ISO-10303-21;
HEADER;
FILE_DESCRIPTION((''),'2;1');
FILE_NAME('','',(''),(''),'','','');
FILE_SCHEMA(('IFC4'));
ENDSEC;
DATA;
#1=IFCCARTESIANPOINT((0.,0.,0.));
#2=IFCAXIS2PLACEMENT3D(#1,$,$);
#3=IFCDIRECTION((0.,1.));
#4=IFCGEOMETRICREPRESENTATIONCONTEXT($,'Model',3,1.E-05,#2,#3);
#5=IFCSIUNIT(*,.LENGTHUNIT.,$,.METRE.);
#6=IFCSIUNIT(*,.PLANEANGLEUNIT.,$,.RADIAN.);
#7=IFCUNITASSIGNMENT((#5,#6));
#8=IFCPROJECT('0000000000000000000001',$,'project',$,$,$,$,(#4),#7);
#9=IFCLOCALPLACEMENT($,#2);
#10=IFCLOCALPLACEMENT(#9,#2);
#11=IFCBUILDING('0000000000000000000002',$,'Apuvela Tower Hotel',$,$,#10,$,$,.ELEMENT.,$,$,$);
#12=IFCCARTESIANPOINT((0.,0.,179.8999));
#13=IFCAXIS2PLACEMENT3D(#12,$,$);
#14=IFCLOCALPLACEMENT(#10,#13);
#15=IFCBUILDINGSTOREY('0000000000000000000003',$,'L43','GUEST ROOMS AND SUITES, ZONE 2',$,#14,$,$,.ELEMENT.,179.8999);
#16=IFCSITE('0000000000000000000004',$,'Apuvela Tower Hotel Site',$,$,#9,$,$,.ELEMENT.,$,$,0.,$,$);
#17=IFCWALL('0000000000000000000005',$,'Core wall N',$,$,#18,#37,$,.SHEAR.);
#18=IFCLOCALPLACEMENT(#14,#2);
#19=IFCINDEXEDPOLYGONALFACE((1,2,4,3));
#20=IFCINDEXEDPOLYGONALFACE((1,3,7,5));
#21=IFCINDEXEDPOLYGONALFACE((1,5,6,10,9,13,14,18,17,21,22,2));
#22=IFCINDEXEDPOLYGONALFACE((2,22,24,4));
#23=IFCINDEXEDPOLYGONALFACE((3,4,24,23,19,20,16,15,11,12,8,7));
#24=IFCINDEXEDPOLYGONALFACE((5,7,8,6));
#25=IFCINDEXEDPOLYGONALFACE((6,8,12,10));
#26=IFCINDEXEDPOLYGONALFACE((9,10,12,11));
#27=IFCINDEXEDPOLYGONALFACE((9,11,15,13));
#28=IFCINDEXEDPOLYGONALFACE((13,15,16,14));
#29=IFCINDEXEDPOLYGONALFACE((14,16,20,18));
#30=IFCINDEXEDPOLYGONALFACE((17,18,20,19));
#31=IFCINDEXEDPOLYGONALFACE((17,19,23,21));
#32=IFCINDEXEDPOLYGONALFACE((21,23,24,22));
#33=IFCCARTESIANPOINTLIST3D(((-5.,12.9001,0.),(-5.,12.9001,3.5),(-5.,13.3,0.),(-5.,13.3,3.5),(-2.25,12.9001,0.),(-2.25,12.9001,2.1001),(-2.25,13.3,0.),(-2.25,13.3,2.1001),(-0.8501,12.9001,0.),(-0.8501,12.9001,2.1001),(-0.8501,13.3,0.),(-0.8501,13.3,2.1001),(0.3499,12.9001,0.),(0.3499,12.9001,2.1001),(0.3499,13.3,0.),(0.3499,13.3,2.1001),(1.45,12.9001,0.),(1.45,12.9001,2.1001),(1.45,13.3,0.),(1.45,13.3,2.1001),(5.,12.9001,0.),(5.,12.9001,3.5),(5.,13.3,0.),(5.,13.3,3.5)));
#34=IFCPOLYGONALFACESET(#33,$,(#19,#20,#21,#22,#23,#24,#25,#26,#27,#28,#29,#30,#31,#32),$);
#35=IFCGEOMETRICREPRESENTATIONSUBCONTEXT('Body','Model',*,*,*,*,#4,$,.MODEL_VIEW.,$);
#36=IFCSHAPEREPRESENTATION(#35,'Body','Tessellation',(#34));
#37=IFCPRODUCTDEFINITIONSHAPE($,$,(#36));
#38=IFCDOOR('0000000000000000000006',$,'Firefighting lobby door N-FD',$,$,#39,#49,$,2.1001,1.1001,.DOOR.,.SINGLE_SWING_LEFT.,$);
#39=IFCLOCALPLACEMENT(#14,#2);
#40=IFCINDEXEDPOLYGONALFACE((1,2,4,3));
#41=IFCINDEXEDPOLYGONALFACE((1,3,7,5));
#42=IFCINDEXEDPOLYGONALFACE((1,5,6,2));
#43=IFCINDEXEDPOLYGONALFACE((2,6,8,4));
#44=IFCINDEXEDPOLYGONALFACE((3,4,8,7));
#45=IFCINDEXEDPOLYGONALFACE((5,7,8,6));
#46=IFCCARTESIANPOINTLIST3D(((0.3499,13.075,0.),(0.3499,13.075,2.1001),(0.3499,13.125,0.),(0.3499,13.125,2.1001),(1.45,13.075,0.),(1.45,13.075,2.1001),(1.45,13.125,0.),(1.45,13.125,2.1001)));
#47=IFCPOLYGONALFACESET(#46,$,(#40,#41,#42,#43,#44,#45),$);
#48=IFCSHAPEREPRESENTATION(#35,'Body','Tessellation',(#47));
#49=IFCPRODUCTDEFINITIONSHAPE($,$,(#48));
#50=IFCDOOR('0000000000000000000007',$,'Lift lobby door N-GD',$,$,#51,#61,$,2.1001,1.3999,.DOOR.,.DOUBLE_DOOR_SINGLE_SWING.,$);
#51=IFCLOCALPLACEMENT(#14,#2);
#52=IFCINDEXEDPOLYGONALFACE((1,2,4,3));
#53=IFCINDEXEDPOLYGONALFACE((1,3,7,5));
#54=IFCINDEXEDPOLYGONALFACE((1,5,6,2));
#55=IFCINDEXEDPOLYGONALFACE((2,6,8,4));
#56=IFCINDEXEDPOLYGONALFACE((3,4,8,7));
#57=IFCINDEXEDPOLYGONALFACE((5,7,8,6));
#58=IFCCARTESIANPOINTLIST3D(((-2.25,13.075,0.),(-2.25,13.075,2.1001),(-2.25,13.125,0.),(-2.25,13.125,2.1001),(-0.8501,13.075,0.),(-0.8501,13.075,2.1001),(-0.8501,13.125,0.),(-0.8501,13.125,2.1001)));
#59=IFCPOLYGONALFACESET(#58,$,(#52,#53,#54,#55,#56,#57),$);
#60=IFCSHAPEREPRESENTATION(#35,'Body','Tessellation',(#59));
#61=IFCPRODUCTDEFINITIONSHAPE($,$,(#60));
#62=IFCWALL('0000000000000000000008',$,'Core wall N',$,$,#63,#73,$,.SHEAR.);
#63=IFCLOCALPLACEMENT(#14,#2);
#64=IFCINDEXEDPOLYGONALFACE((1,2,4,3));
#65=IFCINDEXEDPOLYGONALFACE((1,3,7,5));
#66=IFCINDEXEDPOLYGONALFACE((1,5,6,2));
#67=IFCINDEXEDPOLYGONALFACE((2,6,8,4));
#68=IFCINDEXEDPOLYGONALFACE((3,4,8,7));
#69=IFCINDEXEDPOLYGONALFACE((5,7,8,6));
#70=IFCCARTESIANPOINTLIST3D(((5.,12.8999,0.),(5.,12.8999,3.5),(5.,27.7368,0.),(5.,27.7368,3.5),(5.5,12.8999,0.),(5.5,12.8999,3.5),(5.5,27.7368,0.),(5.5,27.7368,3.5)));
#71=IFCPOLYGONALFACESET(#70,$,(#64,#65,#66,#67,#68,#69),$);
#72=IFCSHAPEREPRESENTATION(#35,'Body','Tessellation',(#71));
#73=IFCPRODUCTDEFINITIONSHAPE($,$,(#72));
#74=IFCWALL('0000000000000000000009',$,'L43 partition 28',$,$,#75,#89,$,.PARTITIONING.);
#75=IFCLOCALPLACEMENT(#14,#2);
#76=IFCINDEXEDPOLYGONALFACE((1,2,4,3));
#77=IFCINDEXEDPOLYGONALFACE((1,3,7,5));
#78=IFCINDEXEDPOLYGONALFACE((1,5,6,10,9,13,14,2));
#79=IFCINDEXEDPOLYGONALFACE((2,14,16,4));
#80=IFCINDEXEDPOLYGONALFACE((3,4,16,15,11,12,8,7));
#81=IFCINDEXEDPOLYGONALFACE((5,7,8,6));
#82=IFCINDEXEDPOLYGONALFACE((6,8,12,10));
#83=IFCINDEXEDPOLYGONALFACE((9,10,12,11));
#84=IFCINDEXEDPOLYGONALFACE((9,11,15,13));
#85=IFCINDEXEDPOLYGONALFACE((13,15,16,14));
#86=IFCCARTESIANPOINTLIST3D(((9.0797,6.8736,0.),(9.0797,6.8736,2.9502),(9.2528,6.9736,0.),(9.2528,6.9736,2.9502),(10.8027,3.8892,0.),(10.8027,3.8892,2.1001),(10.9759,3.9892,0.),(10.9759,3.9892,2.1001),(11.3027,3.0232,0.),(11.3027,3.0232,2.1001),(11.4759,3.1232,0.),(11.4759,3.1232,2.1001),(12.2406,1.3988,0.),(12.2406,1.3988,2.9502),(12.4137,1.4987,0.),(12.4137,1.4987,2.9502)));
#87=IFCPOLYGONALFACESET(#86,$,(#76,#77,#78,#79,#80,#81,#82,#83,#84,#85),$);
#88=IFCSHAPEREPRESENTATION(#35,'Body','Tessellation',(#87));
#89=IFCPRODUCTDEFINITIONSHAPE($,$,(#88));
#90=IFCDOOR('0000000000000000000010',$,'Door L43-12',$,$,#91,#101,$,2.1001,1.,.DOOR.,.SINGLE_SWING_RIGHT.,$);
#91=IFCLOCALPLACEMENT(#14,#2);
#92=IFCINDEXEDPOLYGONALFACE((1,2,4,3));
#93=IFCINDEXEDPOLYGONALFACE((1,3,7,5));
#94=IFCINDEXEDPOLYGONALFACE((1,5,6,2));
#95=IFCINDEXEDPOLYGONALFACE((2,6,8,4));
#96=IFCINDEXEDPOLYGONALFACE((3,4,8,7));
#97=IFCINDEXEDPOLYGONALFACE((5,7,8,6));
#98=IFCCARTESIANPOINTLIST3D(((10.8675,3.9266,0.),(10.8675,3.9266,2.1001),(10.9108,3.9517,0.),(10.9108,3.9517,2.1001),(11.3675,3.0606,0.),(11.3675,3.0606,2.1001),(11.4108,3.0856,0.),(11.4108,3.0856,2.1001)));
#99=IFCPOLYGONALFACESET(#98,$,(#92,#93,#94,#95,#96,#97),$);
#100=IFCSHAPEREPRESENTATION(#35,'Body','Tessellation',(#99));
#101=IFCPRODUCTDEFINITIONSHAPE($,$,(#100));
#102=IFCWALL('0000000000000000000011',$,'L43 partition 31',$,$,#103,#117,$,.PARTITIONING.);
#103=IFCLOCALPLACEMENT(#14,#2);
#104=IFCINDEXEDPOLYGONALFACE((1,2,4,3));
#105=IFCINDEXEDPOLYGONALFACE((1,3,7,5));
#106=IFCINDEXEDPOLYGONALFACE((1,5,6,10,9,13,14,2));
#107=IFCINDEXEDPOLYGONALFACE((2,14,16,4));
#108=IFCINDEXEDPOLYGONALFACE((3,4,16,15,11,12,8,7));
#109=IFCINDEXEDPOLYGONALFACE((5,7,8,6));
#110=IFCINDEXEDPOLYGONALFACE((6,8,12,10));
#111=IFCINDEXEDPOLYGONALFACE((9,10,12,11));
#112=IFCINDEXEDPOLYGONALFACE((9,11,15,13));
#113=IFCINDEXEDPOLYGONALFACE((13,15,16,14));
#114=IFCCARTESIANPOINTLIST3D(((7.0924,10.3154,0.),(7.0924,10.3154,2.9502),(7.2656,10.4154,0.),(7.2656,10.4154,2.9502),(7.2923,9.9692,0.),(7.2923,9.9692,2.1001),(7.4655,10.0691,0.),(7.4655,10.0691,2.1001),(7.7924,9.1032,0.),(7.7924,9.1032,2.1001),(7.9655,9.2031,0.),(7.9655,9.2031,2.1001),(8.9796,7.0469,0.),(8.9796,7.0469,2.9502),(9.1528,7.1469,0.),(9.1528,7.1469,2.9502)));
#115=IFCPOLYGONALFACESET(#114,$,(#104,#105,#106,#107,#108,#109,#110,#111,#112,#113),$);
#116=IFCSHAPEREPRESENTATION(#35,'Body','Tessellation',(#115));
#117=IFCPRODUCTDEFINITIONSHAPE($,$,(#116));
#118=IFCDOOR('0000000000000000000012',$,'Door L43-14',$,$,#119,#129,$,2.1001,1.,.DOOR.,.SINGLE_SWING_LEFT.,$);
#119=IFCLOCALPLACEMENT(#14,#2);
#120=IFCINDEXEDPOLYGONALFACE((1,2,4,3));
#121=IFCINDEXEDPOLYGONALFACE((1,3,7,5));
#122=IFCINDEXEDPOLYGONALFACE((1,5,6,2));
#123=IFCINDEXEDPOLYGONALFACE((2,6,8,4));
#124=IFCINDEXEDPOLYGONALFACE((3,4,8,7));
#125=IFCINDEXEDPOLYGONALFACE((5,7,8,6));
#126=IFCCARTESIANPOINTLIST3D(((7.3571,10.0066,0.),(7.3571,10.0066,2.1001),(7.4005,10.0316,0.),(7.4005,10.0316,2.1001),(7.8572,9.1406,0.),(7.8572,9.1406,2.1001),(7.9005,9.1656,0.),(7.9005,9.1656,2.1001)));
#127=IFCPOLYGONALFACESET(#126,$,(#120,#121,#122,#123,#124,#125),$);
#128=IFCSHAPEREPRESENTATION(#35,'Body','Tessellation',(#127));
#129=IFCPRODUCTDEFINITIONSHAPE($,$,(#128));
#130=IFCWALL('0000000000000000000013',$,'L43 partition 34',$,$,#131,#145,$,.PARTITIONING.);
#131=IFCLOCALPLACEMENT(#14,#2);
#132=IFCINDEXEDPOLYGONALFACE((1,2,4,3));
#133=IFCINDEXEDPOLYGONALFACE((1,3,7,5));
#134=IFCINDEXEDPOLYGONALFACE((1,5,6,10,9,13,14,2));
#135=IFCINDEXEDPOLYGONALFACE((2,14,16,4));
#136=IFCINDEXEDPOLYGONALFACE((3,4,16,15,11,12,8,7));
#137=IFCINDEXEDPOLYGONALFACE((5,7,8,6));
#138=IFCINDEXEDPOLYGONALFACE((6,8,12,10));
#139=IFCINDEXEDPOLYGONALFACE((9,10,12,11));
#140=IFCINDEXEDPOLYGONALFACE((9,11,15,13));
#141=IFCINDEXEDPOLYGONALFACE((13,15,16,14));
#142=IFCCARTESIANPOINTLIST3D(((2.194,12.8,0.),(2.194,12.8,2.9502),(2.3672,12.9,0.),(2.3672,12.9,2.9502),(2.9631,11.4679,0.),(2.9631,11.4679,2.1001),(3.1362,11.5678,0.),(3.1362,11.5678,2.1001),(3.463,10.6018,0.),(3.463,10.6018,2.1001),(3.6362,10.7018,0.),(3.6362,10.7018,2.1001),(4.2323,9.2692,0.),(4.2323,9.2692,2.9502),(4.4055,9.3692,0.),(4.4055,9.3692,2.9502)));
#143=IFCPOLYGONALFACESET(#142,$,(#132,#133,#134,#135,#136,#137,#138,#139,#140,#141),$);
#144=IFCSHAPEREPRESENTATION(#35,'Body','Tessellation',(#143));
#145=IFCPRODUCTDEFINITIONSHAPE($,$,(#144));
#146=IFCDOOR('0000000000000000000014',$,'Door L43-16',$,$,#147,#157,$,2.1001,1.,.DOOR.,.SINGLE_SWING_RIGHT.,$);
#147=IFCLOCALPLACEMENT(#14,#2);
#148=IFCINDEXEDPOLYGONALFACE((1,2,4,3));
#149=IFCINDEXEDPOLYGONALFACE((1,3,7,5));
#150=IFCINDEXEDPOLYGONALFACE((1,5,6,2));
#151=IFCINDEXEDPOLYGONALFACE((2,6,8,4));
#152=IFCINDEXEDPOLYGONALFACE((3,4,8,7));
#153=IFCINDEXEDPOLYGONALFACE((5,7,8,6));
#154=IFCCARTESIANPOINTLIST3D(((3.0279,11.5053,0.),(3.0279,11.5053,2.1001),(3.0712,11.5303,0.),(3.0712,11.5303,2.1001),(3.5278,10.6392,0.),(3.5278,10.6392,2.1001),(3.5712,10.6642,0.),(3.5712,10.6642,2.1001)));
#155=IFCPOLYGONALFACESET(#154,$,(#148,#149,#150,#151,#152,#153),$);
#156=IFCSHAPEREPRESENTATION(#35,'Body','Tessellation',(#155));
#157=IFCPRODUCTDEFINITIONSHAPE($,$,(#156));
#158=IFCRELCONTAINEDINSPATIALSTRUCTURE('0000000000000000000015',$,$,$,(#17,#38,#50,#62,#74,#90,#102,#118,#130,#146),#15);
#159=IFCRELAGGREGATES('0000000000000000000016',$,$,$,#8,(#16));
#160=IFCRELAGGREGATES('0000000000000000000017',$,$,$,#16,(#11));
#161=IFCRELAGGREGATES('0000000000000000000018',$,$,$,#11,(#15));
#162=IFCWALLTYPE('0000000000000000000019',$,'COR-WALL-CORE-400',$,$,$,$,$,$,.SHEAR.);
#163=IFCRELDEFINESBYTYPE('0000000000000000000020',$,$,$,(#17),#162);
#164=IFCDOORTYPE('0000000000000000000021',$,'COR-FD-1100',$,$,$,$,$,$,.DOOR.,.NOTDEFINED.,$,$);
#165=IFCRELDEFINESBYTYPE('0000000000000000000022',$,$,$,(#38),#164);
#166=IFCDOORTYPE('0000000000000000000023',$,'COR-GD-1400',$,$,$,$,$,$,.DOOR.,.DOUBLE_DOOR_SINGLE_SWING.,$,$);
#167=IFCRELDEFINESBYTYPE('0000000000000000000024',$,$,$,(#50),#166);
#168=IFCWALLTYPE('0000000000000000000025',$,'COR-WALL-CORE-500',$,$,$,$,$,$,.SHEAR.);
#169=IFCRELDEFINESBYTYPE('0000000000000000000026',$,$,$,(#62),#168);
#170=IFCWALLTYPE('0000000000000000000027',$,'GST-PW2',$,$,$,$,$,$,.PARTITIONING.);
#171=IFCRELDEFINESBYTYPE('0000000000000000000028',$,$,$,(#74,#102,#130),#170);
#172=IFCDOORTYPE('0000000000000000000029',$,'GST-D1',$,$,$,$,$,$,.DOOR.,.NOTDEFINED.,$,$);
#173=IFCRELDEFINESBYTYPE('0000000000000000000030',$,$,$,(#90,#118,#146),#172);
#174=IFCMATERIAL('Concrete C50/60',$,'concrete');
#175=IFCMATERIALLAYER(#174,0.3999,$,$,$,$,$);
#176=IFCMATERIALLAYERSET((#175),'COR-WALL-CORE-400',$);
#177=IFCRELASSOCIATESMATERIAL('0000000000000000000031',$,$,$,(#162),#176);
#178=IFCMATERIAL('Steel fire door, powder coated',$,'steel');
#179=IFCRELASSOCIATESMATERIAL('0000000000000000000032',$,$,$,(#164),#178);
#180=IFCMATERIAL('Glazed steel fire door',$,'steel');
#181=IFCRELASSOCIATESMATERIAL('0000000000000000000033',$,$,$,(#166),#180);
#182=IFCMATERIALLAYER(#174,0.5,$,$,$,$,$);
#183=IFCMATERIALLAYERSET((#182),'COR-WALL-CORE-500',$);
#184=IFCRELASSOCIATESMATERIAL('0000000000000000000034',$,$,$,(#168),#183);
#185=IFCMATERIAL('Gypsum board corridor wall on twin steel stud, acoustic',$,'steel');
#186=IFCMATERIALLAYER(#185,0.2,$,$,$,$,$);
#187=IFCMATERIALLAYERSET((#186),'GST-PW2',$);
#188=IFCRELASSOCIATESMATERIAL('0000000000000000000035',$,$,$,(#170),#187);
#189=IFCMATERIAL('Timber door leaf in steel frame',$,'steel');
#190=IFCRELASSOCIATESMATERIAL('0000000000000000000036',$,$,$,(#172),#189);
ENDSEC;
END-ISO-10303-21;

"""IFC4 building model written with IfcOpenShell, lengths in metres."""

from ifc_helpers import new_model, si_unit, direction, frame, frame_2d, origin, place, context, subcontext, project, spatial, rectangle, extrude, material, layer, layer_set, type_object, element, fill, save


model = new_model("IFC4")

# Units and contexts
model_context = context("Model", 3, precision=1e-05, world=origin(), true_north=direction((0.0, 1.0)))
body_context = subcontext(model_context, "Body", "Model", "MODEL_VIEW")
ifc_project = project(units=[si_unit("LENGTHUNIT", "METRE"), si_unit("PLANEANGLEUNIT", "RADIAN")], contexts=[model_context])

# Site, building, storey
site_placement = place(None, origin())
site = spatial("IfcSite", under=ifc_project, at=site_placement, Name="Apuvela Tower Hotel Site", CompositionType="ELEMENT", RefElevation=0.0)
building_placement = place(site_placement, origin())
building = spatial("IfcBuilding", under=site, at=building_placement, Name="Apuvela Tower Hotel", CompositionType="ELEMENT")
storey_placement = place(building_placement, frame((0.0, 0.0, 179.8999)))
storey = spatial("IfcBuildingStorey", under=building, at=storey_placement, Name="L43", Description="GUEST ROOMS AND SUITES, ZONE 2", CompositionType="ELEMENT", Elevation=179.8999)

# Shared definitions
ifc_material_1 = material(Name="Concrete C50/60", Category="concrete")

# Wall, openings, doors
ifc_layer_1 = layer(ifc_material_1, 0.3999)
ifc_layer_set_1 = layer_set([ifc_layer_1], Name="COR-WALL-CORE-400")
wall_type_1 = type_object("IfcWallType", Name="COR-WALL-CORE-400", PredefinedType="SHEAR", material=ifc_layer_set_1)
wall_1_placement = place(storey_placement, frame((5.0, 13.1001, 0.0), z_axis=(0.0, 0.0, 1.0), x_axis=(-1.0, 0.0, 0.0)))
wall_1 = element("IfcWall", 1, at=wall_1_placement, inside=storey, type_object=wall_type_1, Name="Core wall N", PredefinedType="SHEAR", context=body_context, shape_type="SweptSolid", body=[
    extrude(rectangle(XDim=10.0, YDim=0.3999, at=frame_2d((5.0, 0.0))), origin(), (0.0, 0.0, 1.0), 3.5),
])
opening_1_placement = place(wall_1_placement, frame((3.55, 0.0, 0.0)))
opening_1 = element("IfcOpeningElement", 2, at=opening_1_placement, cuts=wall_1, PredefinedType="OPENING", context=body_context, shape_type="SweptSolid", body=[
    extrude(rectangle(XDim=1.1001, YDim=2.1001, at=frame_2d((0.55, 1.05))), frame((0.0, 0.21, 0.0), z_axis=(0.0, -1.0, 0.0), x_axis=(1.0, 0.0, 0.0)), (0.0, 0.0, 1.0), 0.4199),
])
opening_2_placement = place(wall_1_placement, frame((5.8501, 0.0, 0.0)))
opening_2 = element("IfcOpeningElement", 3, at=opening_2_placement, cuts=wall_1, PredefinedType="OPENING", context=body_context, shape_type="SweptSolid", body=[
    extrude(rectangle(XDim=1.3999, YDim=2.1001, at=frame_2d((0.7, 1.05))), frame((0.0, 0.21, 0.0), z_axis=(0.0, -1.0, 0.0), x_axis=(1.0, 0.0, 0.0)), (0.0, 0.0, 1.0), 0.4199),
])
ifc_material_2 = material(Name="Steel fire door, powder coated", Category="steel")
door_type_1 = type_object("IfcDoorType", Name="COR-FD-1100", OperationType="NOTDEFINED", PredefinedType="DOOR", material=ifc_material_2)
door_1_placement = place(opening_1_placement, frame((1.1001, 0.0, 0.0), z_axis=(0.0, 0.0, 1.0), x_axis=(-1.0, 0.0, 0.0)))
door_1 = element("IfcDoor", 4, at=door_1_placement, inside=storey, type_object=door_type_1, Name="Firefighting lobby door N-FD", OperationType="SINGLE_SWING_LEFT", OverallHeight=2.1001, OverallWidth=1.1001, PredefinedType="DOOR", context=body_context, shape_type="SweptSolid", body=[
    extrude(rectangle(XDim=1.1001, YDim=2.1001, at=frame_2d((0.55, 1.05))), frame((0.0, 0.0249, 0.0), z_axis=(0.0, -1.0, 0.0), x_axis=(1.0, 0.0, 0.0)), (0.0, 0.0, 1.0), 0.05),
])
fill(opening_1, door_1)
ifc_material_3 = material(Name="Glazed steel fire door", Category="steel")
door_type_2 = type_object("IfcDoorType", Name="COR-GD-1400", OperationType="DOUBLE_DOOR_SINGLE_SWING", PredefinedType="DOOR", material=ifc_material_3)
door_2_placement = place(opening_2_placement, frame((1.3999, 0.0, 0.0), z_axis=(0.0, 0.0, 1.0), x_axis=(-1.0, 0.0, 0.0)))
door_2 = element("IfcDoor", 5, at=door_2_placement, inside=storey, type_object=door_type_2, Name="Lift lobby door N-GD", OperationType="DOUBLE_DOOR_SINGLE_SWING", OverallHeight=2.1001, OverallWidth=1.3999, PredefinedType="DOOR", context=body_context, shape_type="SweptSolid", body=[
    extrude(rectangle(XDim=1.3999, YDim=2.1001, at=frame_2d((0.7, 1.05))), frame((0.0, 0.0249, 0.0), z_axis=(0.0, -1.0, 0.0), x_axis=(1.0, 0.0, 0.0)), (0.0, 0.0, 1.0), 0.05),
])
fill(opening_2, door_2)

# Wall
ifc_layer_2 = layer(ifc_material_1, 0.5)
ifc_layer_set_2 = layer_set([ifc_layer_2], Name="COR-WALL-CORE-500")
wall_type_2 = type_object("IfcWallType", Name="COR-WALL-CORE-500", PredefinedType="SHEAR", material=ifc_layer_set_2)
wall_2_placement = place(storey_placement, frame((5.25, 12.8999, 0.0), z_axis=(0.0, 0.0, 1.0), x_axis=(0.0, 1.0, 0.0)))
element("IfcWall", 6, at=wall_2_placement, inside=storey, type_object=wall_type_2, Name="Core wall N", PredefinedType="SHEAR", context=body_context, shape_type="SweptSolid", body=[
    extrude(rectangle(XDim=14.8369, YDim=0.5, at=frame_2d((7.4185, 0.0))), origin(), (0.0, 0.0, 1.0), 3.5),
])

# Walls, openings, doors
ifc_material_4 = material(Name="Gypsum board corridor wall on twin steel stud, acoustic", Category="steel")
ifc_layer_3 = layer(ifc_material_4, 0.2)
ifc_layer_set_3 = layer_set([ifc_layer_3], Name="GST-PW2")
wall_type_3 = type_object("IfcWallType", Name="GST-PW2", PredefinedType="PARTITIONING", material=ifc_layer_set_3)
wall_3_placement = place(storey_placement, frame((9.1663, 6.9236, 0.0), z_axis=(0.0, 0.0, 1.0), x_axis=(0.499998, -0.866027, 0.0)))
wall_3 = element("IfcWall", 7, at=wall_3_placement, inside=storey, type_object=wall_type_3, Name="L43 partition 28", PredefinedType="PARTITIONING", context=body_context, shape_type="SweptSolid", body=[
    extrude(rectangle(XDim=6.3218, YDim=0.2, at=frame_2d((3.1609, 0.0))), origin(), (0.0, 0.0, 1.0), 2.9502),
])
opening_3_placement = place(wall_3_placement, frame((3.446, 0.0, 0.0)))
opening_3 = element("IfcOpeningElement", 8, at=opening_3_placement, cuts=wall_3, PredefinedType="OPENING", context=body_context, shape_type="SweptSolid", body=[
    extrude(rectangle(XDim=1.0, YDim=2.1001, at=frame_2d((0.5, 1.05))), frame((0.0, 0.1099, 0.0), z_axis=(0.0, -1.0, 0.0), x_axis=(1.0, 0.0, 0.0)), (0.0, 0.0, 1.0), 0.22),
])
ifc_material_5 = material(Name="Timber door leaf in steel frame", Category="steel")
door_type_3 = type_object("IfcDoorType", Name="GST-D1", OperationType="NOTDEFINED", PredefinedType="DOOR", material=ifc_material_5)
door_3_placement = place(opening_3_placement, origin())
door_3 = element("IfcDoor", 9, at=door_3_placement, inside=storey, type_object=door_type_3, Name="Door L43-12", OperationType="SINGLE_SWING_RIGHT", OverallHeight=2.1001, OverallWidth=1.0, PredefinedType="DOOR", context=body_context, shape_type="SweptSolid", body=[
    extrude(rectangle(XDim=1.0, YDim=2.1001, at=frame_2d((0.5, 1.05))), frame((0.0, 0.0249, 0.0), z_axis=(0.0, -1.0, 0.0), x_axis=(1.0, 0.0, 0.0)), (0.0, 0.0, 1.0), 0.05),
])
fill(opening_3, door_3)
wall_4_placement = place(storey_placement, frame((7.179, 10.3655, 0.0), z_axis=(0.0, 0.0, 1.0), x_axis=(0.500021, -0.866013, 0.0)))
wall_4 = element("IfcWall", 10, at=wall_4_placement, inside=storey, type_object=wall_type_3, Name="L43 partition 31", PredefinedType="PARTITIONING", context=body_context, shape_type="SweptSolid", body=[
    extrude(rectangle(XDim=3.7742, YDim=0.2, at=frame_2d((1.8872, 0.0))), origin(), (0.0, 0.0, 1.0), 2.9502),
])
opening_4_placement = place(wall_4_placement, frame((0.3999, 0.0, 0.0)))
opening_4 = element("IfcOpeningElement", 11, at=opening_4_placement, cuts=wall_4, PredefinedType="OPENING", context=body_context, shape_type="SweptSolid", body=[
    extrude(rectangle(XDim=1.0, YDim=2.1001, at=frame_2d((0.5, 1.05))), frame((0.0, 0.1099, 0.0), z_axis=(0.0, -1.0, 0.0), x_axis=(1.0, 0.0, 0.0)), (0.0, 0.0, 1.0), 0.22),
])
door_4_placement = place(opening_4_placement, origin())
door_4 = element("IfcDoor", 12, at=door_4_placement, inside=storey, type_object=door_type_3, Name="Door L43-14", OperationType="SINGLE_SWING_LEFT", OverallHeight=2.1001, OverallWidth=1.0, PredefinedType="DOOR", context=body_context, shape_type="SweptSolid", body=[
    extrude(rectangle(XDim=1.0, YDim=2.1001, at=frame_2d((0.5, 1.05))), frame((0.0, 0.0249, 0.0), z_axis=(0.0, -1.0, 0.0), x_axis=(1.0, 0.0, 0.0)), (0.0, 0.0, 1.0), 0.05),
])
fill(opening_4, door_4)
wall_5_placement = place(storey_placement, frame((2.2805, 12.8501, 0.0), z_axis=(0.0, 0.0, 1.0), x_axis=(0.499971, -0.866042, 0.0)))
wall_5 = element("IfcWall", 13, at=wall_5_placement, inside=storey, type_object=wall_type_3, Name="L43 partition 34", PredefinedType="PARTITIONING", context=body_context, shape_type="SweptSolid", body=[
    extrude(rectangle(XDim=4.0769, YDim=0.2, at=frame_2d((2.0386, 0.0))), origin(), (0.0, 0.0, 1.0), 2.9502),
])
opening_5_placement = place(wall_5_placement, frame((1.5383, 0.0, 0.0)))
opening_5 = element("IfcOpeningElement", 14, at=opening_5_placement, cuts=wall_5, PredefinedType="OPENING", context=body_context, shape_type="SweptSolid", body=[
    extrude(rectangle(XDim=1.0, YDim=2.1001, at=frame_2d((0.5, 1.05))), frame((0.0, 0.1099, 0.0), z_axis=(0.0, -1.0, 0.0), x_axis=(1.0, 0.0, 0.0)), (0.0, 0.0, 1.0), 0.22),
])
door_5_placement = place(opening_5_placement, origin())
door_5 = element("IfcDoor", 15, at=door_5_placement, inside=storey, type_object=door_type_3, Name="Door L43-16", OperationType="SINGLE_SWING_RIGHT", OverallHeight=2.1001, OverallWidth=1.0, PredefinedType="DOOR", context=body_context, shape_type="SweptSolid", body=[
    extrude(rectangle(XDim=1.0, YDim=2.1001, at=frame_2d((0.5, 1.05))), frame((0.0, 0.0249, 0.0), z_axis=(0.0, -1.0, 0.0), x_axis=(1.0, 0.0, 0.0)), (0.0, 0.0, 1.0), 0.05),
])
fill(opening_5, door_5)

save(model, "model.ifc")
